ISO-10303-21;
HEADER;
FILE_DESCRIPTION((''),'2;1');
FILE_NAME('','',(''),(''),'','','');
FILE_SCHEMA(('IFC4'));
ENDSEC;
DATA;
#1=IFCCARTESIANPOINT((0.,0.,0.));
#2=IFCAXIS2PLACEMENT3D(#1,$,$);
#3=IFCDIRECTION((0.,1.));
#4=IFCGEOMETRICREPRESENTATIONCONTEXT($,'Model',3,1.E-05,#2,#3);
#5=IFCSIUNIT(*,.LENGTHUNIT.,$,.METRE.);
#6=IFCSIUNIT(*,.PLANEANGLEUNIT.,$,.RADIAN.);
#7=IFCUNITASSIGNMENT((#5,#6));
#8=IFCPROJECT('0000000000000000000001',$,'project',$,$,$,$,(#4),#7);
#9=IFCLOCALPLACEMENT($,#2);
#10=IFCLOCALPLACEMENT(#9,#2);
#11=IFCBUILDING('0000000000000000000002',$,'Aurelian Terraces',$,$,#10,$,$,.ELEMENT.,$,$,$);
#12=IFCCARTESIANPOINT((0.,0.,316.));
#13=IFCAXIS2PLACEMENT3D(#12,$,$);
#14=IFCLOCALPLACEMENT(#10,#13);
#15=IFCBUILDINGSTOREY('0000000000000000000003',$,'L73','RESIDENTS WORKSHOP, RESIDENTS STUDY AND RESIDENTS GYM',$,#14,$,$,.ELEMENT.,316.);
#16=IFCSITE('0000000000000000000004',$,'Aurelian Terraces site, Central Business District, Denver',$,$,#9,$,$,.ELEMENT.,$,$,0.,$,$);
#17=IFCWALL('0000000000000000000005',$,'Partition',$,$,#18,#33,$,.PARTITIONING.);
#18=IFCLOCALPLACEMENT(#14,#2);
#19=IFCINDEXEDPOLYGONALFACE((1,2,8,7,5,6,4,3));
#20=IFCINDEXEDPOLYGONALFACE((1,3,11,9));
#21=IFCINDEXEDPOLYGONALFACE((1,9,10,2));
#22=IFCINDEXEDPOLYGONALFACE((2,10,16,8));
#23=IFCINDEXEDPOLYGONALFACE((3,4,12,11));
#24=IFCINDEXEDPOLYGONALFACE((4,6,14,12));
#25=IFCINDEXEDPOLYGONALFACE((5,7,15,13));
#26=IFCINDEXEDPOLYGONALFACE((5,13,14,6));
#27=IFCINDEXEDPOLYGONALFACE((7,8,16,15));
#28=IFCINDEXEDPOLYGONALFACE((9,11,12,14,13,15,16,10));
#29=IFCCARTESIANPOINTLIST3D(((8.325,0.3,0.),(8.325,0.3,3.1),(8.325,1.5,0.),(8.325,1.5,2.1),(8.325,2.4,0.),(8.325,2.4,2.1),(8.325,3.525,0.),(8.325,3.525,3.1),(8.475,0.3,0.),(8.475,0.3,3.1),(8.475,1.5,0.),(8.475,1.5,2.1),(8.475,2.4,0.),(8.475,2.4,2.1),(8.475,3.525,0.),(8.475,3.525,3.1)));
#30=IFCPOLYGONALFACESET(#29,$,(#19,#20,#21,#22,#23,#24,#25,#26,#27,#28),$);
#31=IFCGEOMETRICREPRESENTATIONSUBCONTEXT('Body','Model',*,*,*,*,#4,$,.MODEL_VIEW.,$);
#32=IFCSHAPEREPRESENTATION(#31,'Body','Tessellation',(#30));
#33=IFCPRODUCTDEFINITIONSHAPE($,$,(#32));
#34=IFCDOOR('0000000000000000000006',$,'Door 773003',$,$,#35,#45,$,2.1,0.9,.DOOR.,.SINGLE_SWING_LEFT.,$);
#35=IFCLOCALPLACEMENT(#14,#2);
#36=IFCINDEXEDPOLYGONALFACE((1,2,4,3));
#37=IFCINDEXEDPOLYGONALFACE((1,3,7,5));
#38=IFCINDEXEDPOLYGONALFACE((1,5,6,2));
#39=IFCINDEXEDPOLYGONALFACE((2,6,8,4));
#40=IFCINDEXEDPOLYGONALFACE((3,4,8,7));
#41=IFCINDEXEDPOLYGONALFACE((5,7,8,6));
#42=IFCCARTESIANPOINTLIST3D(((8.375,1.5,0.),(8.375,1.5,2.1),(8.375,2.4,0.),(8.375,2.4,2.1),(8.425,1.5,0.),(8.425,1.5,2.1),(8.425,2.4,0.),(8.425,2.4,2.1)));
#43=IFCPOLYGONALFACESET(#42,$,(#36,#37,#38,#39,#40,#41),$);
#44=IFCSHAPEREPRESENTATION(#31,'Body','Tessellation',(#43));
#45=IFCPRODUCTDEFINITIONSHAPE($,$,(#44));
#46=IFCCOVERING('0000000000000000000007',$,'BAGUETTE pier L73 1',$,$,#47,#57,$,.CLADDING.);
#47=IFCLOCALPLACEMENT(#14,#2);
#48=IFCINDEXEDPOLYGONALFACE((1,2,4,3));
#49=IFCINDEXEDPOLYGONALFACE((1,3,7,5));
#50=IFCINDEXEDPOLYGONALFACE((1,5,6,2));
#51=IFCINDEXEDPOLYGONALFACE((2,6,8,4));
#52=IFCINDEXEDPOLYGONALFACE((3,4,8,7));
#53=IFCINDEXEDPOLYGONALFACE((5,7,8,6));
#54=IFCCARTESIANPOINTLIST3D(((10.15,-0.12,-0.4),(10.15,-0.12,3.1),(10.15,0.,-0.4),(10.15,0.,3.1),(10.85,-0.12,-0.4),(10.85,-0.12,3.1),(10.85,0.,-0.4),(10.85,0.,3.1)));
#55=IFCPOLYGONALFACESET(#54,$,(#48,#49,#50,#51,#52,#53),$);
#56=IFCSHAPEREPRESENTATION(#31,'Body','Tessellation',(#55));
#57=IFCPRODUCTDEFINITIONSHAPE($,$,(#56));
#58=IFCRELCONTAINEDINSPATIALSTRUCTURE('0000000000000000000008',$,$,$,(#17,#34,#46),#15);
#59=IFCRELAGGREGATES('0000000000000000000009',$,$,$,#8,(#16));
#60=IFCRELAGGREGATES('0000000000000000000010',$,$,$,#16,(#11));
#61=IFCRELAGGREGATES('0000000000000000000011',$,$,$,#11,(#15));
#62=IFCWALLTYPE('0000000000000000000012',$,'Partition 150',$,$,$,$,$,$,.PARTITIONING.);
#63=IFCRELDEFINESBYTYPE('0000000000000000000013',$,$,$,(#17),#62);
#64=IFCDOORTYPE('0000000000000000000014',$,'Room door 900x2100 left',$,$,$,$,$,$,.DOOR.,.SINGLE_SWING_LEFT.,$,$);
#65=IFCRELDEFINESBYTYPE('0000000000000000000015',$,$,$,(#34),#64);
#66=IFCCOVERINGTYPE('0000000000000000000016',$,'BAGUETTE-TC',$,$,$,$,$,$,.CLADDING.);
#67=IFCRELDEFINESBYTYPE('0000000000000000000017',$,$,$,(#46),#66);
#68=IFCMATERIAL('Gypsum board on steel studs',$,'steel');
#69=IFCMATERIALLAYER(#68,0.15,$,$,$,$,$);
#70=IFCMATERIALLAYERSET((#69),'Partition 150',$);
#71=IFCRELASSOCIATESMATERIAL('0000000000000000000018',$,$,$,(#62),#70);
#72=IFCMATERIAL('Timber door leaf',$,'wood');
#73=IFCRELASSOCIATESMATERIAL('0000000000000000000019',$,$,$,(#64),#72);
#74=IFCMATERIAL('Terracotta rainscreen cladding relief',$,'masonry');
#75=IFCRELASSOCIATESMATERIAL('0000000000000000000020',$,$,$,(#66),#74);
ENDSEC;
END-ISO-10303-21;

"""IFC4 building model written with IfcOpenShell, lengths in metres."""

from ifc_helpers import new_model, si_unit, direction, frame, frame_2d, origin, origin_2d, place, context, subcontext, project, spatial, rectangle, extrude, source, transform, mapped, material, layer, layer_set, type_object, element, fill, save


model = new_model("IFC4")

# Units and contexts
model_context = context("Model", 3, precision=1e-05, world=origin(), true_north=direction((0.0, 1.0)))
body_context = subcontext(model_context, "Body", "Model", "MODEL_VIEW")
ifc_project = project(units=[si_unit("LENGTHUNIT", "METRE"), si_unit("PLANEANGLEUNIT", "RADIAN")], contexts=[model_context])

# Site, building, storey
site_placement = place(None, origin())
site = spatial("IfcSite", under=ifc_project, at=site_placement, Name="Aurelian Terraces site, Central Business District, Denver", CompositionType="ELEMENT", RefElevation=0.0)
building_placement = place(site_placement, origin())
building = spatial("IfcBuilding", under=site, at=building_placement, Name="Aurelian Terraces", CompositionType="ELEMENT")
storey_placement = place(building_placement, frame((0.0, 0.0, 316.0)))
storey = spatial("IfcBuildingStorey", under=building, at=storey_placement, Name="L73", Description="RESIDENTS WORKSHOP, RESIDENTS STUDY AND RESIDENTS GYM", CompositionType="ELEMENT", Elevation=316.0)

# Shared definitions
shared_shape_1 = source(origin(), body_context, "Body", "SweptSolid", [
    extrude(rectangle(XDim=0.9, YDim=2.1, at=frame_2d((0.45, 1.05))), frame((0.0, 0.025, 0.0), z_axis=(0.0, -1.0, 0.0), x_axis=(1.0, 0.0, 0.0)), (0.0, 0.0, 1.0), 0.05),
])

# Wall, opening, door
ifc_material_1 = material(Name="Gypsum board on steel studs", Category="steel")
ifc_layer_1 = layer(ifc_material_1, 0.15)
ifc_layer_set_1 = layer_set([ifc_layer_1], Name="Partition 150")
wall_type_1 = type_object("IfcWallType", Name="Partition 150", PredefinedType="PARTITIONING", material=ifc_layer_set_1)
shared_shape_2 = source(origin(), body_context, "Body", "SweptSolid", [
    extrude(rectangle(XDim=3.225, YDim=0.15, at=frame_2d((1.6125, 0.0))), origin(), (0.0, 0.0, 1.0), 3.1),
])
wall_1_placement = place(storey_placement, frame((8.4, 3.525, 0.0), z_axis=(0.0, 0.0, 1.0), x_axis=(0.0, -1.0, 0.0)))
wall_1 = element("IfcWall", 1, at=wall_1_placement, inside=storey, type_object=wall_type_1, Name="Partition", PredefinedType="PARTITIONING", context=body_context, shape_type="MappedRepresentation", body=[
    mapped(shared_shape_2, transform((0.0, 0.0, 0.0), scale=1.0)),
])
shared_shape_3 = source(origin(), body_context, "Body", "SweptSolid", [
    extrude(rectangle(XDim=0.9, YDim=2.1, at=frame_2d((0.45, 1.05))), frame((0.0, 0.085, 0.0), z_axis=(0.0, -1.0, 0.0), x_axis=(1.0, 0.0, 0.0)), (0.0, 0.0, 1.0), 0.17),
])
opening_1_placement = place(wall_1_placement, frame((1.125, 0.0, 0.0)))
opening_1 = element("IfcOpeningElement", 2, at=opening_1_placement, cuts=wall_1, PredefinedType="OPENING", context=body_context, shape_type="MappedRepresentation", body=[
    mapped(shared_shape_3, transform((0.0, 0.0, 0.0), scale=1.0)),
])
ifc_material_2 = material(Name="Timber door leaf", Category="wood")
door_type_1 = type_object("IfcDoorType", Name="Room door 900x2100 left", OperationType="SINGLE_SWING_LEFT", PredefinedType="DOOR", material=ifc_material_2)
door_1_placement = place(opening_1_placement, origin())
door_1 = element("IfcDoor", 3, at=door_1_placement, inside=storey, type_object=door_type_1, Name="Door 773003", OperationType="SINGLE_SWING_LEFT", OverallHeight=2.1, OverallWidth=0.9, PredefinedType="DOOR", context=body_context, shape_type="MappedRepresentation", body=[
    mapped(shared_shape_1, transform((0.0, 0.0, 0.0), scale=1.0)),
])
fill(opening_1, door_1)

# Covering
ifc_material_3 = material(Name="Terracotta rainscreen cladding relief", Category="masonry")
covering_type = type_object("IfcCoveringType", Name="BAGUETTE-TC", PredefinedType="CLADDING", material=ifc_material_3)
shared_shape_4 = source(origin(), body_context, "Body", "SweptSolid", [
    extrude(rectangle(XDim=0.7, YDim=0.12, at=origin_2d()), origin(), (0.0, 0.0, 1.0), 3.5),
])
covering_placement = place(storey_placement, frame((10.5, -0.06, -0.4), z_axis=(0.0, 0.0, 1.0), x_axis=(1.0, 0.0, 0.0)))
element("IfcCovering", 4, at=covering_placement, inside=storey, type_object=covering_type, Name="BAGUETTE pier L73 1", PredefinedType="CLADDING", context=body_context, shape_type="MappedRepresentation", body=[
    mapped(shared_shape_4, transform((0.0, 0.0, 0.0), scale=1.0)),
])

save(model, "model.ifc")
